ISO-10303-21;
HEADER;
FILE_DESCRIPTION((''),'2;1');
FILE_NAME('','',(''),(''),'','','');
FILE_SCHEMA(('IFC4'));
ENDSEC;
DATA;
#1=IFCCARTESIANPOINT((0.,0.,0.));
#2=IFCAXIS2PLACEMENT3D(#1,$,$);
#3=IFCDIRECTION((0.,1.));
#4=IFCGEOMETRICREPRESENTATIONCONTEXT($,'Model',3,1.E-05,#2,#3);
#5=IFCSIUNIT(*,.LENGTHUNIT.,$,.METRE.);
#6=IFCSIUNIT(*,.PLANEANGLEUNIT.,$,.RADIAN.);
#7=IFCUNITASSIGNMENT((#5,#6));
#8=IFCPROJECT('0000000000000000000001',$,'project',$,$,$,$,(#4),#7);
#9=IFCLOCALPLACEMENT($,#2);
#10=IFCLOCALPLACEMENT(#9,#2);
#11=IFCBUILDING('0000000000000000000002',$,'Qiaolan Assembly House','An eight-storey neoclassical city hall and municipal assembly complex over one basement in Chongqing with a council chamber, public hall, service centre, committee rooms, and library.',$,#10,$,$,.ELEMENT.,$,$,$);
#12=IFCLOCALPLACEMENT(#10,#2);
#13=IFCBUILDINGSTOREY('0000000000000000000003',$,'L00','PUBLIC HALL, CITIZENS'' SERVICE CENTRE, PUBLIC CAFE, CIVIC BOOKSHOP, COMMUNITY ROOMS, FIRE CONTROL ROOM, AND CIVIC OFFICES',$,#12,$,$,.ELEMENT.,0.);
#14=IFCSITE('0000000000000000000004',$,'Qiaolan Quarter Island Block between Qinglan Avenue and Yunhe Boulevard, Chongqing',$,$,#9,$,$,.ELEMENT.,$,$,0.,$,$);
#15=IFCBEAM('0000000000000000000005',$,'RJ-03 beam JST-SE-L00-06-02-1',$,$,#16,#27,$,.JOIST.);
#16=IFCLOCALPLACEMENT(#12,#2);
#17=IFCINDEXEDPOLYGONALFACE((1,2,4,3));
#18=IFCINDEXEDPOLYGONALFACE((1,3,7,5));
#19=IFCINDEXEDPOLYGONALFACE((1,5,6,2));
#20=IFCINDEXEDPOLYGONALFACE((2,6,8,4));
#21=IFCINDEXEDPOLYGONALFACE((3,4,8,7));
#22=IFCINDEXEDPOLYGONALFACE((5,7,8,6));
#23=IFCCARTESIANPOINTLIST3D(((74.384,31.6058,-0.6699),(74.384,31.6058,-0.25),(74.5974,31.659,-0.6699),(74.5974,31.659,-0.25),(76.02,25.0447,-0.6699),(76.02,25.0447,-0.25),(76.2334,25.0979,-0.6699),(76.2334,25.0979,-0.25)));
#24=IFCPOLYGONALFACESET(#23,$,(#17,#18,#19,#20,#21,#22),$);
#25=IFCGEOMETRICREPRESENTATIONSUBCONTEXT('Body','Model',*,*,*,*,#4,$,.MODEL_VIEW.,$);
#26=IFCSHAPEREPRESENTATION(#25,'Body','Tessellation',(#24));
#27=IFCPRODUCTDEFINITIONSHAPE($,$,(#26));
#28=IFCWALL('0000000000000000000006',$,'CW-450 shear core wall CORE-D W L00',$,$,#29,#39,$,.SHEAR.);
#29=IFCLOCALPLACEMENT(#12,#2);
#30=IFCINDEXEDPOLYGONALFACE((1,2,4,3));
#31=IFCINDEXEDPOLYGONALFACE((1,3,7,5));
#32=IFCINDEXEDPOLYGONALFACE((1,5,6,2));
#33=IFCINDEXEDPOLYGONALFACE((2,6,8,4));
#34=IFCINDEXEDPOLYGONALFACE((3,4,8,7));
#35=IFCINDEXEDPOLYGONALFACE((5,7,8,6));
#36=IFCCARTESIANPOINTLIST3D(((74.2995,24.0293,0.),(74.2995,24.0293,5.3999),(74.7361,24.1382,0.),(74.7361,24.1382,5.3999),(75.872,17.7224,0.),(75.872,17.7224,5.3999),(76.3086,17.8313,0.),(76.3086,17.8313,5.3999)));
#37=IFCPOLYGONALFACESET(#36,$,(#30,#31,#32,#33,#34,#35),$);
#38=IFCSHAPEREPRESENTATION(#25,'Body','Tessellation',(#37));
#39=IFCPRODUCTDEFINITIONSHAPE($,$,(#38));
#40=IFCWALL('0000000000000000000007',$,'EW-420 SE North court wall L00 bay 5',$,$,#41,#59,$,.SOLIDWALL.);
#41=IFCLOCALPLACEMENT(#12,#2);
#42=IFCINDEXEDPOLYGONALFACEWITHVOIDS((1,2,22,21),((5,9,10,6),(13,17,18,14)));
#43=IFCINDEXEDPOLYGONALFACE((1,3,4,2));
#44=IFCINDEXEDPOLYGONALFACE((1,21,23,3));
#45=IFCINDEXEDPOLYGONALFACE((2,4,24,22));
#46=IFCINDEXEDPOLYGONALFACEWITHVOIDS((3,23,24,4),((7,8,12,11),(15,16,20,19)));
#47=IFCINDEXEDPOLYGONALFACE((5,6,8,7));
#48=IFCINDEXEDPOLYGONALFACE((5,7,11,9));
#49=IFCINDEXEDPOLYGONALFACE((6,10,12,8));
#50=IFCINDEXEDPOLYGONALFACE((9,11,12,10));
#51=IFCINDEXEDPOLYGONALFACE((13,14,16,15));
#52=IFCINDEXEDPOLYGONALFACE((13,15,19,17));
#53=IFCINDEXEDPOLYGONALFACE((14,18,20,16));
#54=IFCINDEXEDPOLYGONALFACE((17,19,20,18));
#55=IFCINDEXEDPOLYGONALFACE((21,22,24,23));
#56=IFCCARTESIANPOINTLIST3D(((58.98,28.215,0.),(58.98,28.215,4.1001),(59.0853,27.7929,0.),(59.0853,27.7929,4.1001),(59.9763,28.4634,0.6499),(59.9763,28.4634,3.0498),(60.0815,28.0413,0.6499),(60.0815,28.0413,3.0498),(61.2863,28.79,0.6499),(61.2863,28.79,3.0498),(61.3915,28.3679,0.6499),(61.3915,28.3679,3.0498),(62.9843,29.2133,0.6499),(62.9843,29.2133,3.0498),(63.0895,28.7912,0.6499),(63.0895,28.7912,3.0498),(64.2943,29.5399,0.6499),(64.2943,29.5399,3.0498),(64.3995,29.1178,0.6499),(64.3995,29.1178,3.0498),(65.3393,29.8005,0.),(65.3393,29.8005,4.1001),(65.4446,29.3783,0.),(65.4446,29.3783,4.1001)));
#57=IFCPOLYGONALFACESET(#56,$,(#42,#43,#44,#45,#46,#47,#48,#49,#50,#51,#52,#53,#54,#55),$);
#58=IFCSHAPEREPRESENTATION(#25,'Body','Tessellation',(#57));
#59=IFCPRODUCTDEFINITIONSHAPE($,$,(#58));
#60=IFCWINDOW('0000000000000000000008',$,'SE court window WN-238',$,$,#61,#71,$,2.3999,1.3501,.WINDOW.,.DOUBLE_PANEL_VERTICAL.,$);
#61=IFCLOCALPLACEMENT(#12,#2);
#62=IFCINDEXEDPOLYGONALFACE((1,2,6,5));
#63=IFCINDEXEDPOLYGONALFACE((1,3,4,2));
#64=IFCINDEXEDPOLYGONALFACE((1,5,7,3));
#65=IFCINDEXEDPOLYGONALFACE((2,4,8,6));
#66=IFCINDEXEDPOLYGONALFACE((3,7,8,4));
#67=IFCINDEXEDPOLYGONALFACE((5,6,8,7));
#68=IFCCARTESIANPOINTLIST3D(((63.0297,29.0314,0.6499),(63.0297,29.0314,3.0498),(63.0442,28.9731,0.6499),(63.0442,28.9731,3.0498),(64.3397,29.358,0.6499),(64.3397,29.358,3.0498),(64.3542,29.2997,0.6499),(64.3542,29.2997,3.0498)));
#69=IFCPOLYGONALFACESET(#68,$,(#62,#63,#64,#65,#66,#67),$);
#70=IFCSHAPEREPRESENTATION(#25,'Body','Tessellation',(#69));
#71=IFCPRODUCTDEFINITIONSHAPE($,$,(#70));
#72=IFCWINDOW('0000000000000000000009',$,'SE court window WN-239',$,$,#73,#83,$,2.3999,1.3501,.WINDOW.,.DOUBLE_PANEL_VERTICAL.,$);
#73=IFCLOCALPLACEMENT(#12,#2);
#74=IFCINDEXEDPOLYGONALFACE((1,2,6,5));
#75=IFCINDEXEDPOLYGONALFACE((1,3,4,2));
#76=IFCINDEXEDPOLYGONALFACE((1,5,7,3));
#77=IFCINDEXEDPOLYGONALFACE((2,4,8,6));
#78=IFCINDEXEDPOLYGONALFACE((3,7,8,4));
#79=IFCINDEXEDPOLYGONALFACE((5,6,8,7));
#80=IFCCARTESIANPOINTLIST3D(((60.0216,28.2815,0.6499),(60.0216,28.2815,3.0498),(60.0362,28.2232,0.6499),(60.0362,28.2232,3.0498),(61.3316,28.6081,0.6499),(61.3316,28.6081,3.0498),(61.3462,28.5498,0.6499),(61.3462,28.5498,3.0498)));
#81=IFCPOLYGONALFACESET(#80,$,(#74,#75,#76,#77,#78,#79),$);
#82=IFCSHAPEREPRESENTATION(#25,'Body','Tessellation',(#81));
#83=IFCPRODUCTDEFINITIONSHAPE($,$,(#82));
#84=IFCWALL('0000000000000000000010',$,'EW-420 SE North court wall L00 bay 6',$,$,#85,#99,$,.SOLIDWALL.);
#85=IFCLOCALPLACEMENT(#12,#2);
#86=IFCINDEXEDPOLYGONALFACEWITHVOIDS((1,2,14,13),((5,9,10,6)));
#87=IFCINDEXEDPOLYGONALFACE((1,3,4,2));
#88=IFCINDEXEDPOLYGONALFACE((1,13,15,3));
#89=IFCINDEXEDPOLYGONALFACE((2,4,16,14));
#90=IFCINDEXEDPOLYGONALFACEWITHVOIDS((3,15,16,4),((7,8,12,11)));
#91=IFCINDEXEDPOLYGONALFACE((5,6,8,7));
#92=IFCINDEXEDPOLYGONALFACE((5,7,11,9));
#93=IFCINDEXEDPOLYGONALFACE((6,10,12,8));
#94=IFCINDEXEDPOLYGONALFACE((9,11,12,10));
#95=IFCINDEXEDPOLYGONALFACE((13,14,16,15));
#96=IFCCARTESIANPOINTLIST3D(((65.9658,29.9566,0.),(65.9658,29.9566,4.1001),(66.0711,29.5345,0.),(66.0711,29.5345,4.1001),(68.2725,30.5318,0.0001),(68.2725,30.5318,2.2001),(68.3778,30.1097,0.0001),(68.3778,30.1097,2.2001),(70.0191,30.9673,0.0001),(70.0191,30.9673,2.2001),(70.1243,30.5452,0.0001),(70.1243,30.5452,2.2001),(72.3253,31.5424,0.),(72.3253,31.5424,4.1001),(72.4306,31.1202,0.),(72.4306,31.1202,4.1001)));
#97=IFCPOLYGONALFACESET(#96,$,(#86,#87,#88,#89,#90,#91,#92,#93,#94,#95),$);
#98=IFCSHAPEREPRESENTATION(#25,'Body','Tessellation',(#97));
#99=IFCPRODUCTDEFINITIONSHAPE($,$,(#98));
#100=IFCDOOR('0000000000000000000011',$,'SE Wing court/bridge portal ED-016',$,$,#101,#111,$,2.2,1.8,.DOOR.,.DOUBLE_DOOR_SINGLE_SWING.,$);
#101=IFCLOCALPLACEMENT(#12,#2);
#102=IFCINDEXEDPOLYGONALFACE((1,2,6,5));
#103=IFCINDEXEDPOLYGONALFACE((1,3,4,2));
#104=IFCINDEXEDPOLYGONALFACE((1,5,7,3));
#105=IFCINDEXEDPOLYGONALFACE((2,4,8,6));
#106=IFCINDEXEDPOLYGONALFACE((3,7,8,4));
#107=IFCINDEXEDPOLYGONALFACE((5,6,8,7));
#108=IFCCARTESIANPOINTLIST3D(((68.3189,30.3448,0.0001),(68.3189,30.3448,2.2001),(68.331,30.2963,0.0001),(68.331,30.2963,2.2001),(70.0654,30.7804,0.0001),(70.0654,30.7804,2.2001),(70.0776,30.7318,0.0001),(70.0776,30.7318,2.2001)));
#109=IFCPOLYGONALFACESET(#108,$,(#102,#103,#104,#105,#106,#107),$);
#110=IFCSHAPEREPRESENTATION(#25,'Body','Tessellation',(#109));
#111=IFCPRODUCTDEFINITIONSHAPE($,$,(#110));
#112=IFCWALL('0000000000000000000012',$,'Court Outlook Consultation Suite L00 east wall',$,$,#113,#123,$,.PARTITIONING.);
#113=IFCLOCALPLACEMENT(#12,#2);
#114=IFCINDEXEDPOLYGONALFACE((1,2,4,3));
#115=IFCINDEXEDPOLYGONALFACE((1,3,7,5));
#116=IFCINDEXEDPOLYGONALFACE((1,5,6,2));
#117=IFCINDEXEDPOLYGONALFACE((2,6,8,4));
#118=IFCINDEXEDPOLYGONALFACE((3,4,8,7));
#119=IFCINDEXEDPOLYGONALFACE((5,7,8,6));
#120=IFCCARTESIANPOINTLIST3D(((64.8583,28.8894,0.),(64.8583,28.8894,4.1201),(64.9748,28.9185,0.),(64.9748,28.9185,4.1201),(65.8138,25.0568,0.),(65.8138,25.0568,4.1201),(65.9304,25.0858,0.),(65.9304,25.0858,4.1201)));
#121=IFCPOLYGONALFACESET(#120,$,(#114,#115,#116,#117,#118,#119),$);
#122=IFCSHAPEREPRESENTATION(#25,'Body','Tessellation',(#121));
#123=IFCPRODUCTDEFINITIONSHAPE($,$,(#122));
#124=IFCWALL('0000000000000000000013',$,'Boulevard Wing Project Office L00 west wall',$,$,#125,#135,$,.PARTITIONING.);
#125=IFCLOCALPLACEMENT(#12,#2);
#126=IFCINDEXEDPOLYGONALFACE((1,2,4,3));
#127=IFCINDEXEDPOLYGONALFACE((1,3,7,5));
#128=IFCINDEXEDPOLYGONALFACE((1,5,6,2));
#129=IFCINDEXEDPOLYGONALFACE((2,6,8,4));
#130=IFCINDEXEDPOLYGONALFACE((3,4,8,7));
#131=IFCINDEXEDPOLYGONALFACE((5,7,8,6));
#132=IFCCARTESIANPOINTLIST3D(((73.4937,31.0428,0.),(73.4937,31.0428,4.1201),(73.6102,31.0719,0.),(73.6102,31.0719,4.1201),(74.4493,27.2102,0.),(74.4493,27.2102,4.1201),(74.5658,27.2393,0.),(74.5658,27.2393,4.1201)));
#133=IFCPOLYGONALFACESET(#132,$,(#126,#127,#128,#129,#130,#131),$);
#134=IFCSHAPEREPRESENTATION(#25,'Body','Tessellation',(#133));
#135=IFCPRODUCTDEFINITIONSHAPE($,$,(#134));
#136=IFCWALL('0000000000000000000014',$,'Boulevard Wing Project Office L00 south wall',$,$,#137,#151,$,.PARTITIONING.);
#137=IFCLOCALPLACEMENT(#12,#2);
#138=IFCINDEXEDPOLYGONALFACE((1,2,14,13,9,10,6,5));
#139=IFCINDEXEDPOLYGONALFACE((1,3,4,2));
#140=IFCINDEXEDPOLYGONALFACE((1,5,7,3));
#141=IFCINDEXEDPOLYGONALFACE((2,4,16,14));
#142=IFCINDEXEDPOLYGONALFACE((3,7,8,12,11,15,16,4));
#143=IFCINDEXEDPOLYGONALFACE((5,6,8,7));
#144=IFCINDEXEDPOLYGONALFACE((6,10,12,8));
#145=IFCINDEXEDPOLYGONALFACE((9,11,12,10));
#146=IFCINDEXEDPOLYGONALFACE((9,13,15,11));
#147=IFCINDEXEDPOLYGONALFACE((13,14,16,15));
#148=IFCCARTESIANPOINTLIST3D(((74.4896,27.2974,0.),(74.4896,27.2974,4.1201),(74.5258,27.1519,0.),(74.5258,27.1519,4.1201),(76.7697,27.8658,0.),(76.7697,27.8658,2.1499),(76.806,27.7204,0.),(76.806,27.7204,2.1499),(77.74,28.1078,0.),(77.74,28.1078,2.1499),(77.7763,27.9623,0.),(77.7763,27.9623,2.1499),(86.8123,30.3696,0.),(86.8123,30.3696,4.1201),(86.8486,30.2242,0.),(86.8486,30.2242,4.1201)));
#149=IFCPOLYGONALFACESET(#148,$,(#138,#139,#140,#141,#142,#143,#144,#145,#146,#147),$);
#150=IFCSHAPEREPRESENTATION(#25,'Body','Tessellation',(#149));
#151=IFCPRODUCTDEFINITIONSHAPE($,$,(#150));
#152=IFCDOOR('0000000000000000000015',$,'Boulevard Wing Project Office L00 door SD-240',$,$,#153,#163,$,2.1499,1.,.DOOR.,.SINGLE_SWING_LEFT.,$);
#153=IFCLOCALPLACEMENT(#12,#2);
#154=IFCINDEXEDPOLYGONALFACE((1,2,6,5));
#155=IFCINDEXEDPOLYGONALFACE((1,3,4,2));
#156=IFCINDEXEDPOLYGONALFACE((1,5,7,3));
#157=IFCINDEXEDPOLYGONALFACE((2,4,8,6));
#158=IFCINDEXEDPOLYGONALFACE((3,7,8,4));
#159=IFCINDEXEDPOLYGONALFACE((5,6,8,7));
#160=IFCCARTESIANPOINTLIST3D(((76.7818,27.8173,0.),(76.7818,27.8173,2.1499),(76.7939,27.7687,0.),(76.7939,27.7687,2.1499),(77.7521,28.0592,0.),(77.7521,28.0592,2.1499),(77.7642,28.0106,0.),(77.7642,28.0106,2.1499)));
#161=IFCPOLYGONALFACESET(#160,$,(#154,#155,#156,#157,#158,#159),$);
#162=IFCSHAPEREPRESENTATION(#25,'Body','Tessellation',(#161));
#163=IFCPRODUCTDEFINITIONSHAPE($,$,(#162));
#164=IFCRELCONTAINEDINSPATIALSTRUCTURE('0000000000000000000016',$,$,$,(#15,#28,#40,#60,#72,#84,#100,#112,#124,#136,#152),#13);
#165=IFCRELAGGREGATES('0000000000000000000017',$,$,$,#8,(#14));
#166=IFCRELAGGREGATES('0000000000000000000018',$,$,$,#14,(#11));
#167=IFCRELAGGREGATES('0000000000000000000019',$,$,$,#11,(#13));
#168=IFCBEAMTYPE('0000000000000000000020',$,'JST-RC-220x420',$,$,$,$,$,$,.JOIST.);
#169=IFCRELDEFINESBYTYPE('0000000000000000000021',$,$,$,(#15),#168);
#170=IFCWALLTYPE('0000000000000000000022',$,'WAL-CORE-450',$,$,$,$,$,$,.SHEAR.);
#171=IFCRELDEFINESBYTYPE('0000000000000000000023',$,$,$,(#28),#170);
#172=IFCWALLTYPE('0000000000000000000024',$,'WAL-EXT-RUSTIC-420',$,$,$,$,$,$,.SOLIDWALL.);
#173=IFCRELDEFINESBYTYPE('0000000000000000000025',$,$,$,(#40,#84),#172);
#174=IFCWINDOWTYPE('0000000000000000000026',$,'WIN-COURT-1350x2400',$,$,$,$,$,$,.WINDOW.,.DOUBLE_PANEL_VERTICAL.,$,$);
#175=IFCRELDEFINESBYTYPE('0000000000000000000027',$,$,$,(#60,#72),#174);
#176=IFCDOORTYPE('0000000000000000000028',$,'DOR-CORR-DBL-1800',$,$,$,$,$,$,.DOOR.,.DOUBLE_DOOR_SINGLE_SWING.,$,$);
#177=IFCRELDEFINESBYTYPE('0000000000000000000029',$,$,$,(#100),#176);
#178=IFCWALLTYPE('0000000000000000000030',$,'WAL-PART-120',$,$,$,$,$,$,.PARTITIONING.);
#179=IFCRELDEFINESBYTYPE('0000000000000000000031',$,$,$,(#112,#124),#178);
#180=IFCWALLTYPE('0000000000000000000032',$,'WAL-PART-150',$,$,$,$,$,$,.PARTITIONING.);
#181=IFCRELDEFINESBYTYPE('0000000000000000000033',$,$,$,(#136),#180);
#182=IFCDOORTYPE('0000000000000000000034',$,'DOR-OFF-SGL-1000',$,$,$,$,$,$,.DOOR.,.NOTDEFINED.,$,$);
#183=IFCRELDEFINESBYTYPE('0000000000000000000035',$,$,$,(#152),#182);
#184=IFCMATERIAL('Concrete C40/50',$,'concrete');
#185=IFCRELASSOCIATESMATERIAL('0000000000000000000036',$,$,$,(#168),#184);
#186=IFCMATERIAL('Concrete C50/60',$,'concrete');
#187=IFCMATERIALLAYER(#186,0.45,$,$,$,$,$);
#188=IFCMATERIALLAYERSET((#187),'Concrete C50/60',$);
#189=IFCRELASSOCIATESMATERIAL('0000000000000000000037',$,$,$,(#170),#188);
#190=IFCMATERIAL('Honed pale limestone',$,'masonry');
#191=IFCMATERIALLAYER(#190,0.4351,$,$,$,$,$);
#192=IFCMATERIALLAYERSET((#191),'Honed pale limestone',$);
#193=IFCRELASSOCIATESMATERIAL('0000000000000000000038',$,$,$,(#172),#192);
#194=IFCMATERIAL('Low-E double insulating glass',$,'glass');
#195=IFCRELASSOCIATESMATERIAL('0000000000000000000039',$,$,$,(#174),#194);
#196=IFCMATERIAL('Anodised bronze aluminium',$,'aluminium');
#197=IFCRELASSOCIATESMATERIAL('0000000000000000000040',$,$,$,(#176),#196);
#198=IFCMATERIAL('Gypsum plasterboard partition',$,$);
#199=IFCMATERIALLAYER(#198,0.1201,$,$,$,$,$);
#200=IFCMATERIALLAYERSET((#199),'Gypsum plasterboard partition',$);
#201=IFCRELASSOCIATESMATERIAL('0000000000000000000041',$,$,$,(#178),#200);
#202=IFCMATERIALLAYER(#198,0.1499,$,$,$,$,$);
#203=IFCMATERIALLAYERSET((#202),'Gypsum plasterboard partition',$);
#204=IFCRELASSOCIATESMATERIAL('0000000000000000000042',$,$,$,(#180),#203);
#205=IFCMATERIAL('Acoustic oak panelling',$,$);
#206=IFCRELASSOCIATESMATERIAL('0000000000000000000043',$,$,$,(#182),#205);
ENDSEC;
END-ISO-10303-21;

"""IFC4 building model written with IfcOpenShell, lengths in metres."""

from ifc_helpers import new_model, si_unit, direction, frame, frame_2d, origin, origin_2d, place, context, subcontext, project, spatial, rectangle, extrude, material, layer, layer_set, material_profile, profile_set, type_object, element, fill, save


model = new_model("IFC4")

# Units and contexts
model_context = context("Model", 3, precision=1e-05, world=origin(), true_north=direction((0.0, 1.0)))
body_context = subcontext(model_context, "Body", "Model", "MODEL_VIEW")
ifc_project = project(units=[si_unit("LENGTHUNIT", "METRE"), si_unit("PLANEANGLEUNIT", "RADIAN")], contexts=[model_context])

# Site, building, storey
site_placement = place(None, origin())
site = spatial("IfcSite", under=ifc_project, at=site_placement, Name="Qiaolan Quarter Island Block between Qinglan Avenue and Yunhe Boulevard, Chongqing", CompositionType="ELEMENT", RefElevation=0.0)
building_placement = place(site_placement, origin())
building = spatial("IfcBuilding", under=site, at=building_placement, Name="Qiaolan Assembly House", Description="An eight-storey neoclassical city hall and municipal assembly complex over one basement in Chongqing with a council chamber, public hall, service centre, committee rooms, and library.", CompositionType="ELEMENT")
storey_placement = place(building_placement, origin())
storey = spatial("IfcBuildingStorey", under=building, at=storey_placement, Name="L00", Description="PUBLIC HALL, CITIZENS' SERVICE CENTRE, PUBLIC CAFE, CIVIC BOOKSHOP, COMMUNITY ROOMS, FIRE CONTROL ROOM, AND CIVIC OFFICES", CompositionType="ELEMENT", Elevation=0.0)

# Shared definitions
ifc_material_1 = material(Name="Concrete C50/60", Category="concrete")

# Beam
ifc_material_2 = material(Name="Concrete C40/50", Category="concrete")
ifc_material_profile_1 = material_profile(ifc_material_2, rectangle(XDim=0.22, YDim=0.4199, at=origin_2d()), Name="RCB 220x420")
ifc_profile_set_1 = profile_set([ifc_material_profile_1], Name="Concrete C40/50")
beam_type_1 = type_object("IfcBeamType", Name="JST-RC-220x420", PredefinedType="JOIST", material=ifc_profile_set_1)
for number, where, z_axis, x_axis, name in (
    (1, (76.1267, 25.0713, -0.46), (-0.241941, 0.970291, 0.0), (-0.970291, -0.241941, 0.0), "RJ-03 beam JST-SE-L00-06-02-1"),
):
    element("IfcBeam", number, at=place(storey_placement, frame(where, z_axis=z_axis, x_axis=x_axis)), inside=storey, type_object=beam_type_1, Name=name, PredefinedType="JOIST", context=body_context, shape_type="SweptSolid", body=[
        extrude(rectangle(XDim=0.22, YDim=0.4199, at=origin_2d()), origin(), (0.0, 0.0, 1.0), 6.762),
    ])

# Wall
ifc_layer_1 = layer(ifc_material_1, 0.45)
ifc_layer_set_1 = layer_set([ifc_layer_1], Name="Concrete C50/60")
wall_type_1 = type_object("IfcWallType", Name="WAL-CORE-450", PredefinedType="SHEAR", material=ifc_layer_set_1)
wall_1_placement = place(storey_placement, frame((74.5178, 24.0837, 0.0), z_axis=(0.0, 0.0, 1.0), x_axis=(0.241926, -0.970295, 0.0)))
element("IfcWall", 2, at=wall_1_placement, inside=storey, type_object=wall_type_1, Name="CW-450 shear core wall CORE-D W L00", PredefinedType="SHEAR", context=body_context, shape_type="SweptSolid", body=[
    extrude(rectangle(XDim=6.5, YDim=0.45, at=frame_2d((3.25, 0.0))), origin(), (0.0, 0.0, 1.0), 5.3999),
])

# Wall, openings, windows
ifc_material_3 = material(Name="Honed pale limestone", Category="masonry")
ifc_layer_2 = layer(ifc_material_3, 0.4351)
ifc_layer_set_2 = layer_set([ifc_layer_2], Name="Honed pale limestone")
wall_type_2 = type_object("IfcWallType", Name="WAL-EXT-RUSTIC-420", PredefinedType="SOLIDWALL", material=ifc_layer_set_2)
wall_2_placement = place(storey_placement, frame((65.3918, 29.5894, 0.0), z_axis=(0.0, 0.0, 1.0), x_axis=(-0.9703, -0.241905, 0.0)))
wall_2 = element("IfcWall", 3, at=wall_2_placement, inside=storey, type_object=wall_type_2, Name="EW-420 SE North court wall L00 bay 5", PredefinedType="SOLIDWALL", context=body_context, shape_type="SweptSolid", body=[
    extrude(rectangle(XDim=6.554, YDim=0.4351, at=frame_2d((3.2769, 0.0))), origin(), (0.0, 0.0, 1.0), 4.1001),
])
opening_1_placement = place(wall_2_placement, frame((1.0769, 0.0, 0.6499)))
opening_1 = element("IfcOpeningElement", 4, at=opening_1_placement, cuts=wall_2, PredefinedType="OPENING", context=body_context, shape_type="SweptSolid", body=[
    extrude(rectangle(XDim=1.3501, YDim=2.3999, at=frame_2d((0.675, 1.2))), frame((0.0, 0.2275, 0.0), z_axis=(0.0, -1.0, 0.0), x_axis=(1.0, 0.0, 0.0)), (0.0, 0.0, 1.0), 0.4551),
])
opening_2_placement = place(wall_2_placement, frame((4.177, 0.0, 0.6499)))
opening_2 = element("IfcOpeningElement", 5, at=opening_2_placement, cuts=wall_2, PredefinedType="OPENING", context=body_context, shape_type="SweptSolid", body=[
    extrude(rectangle(XDim=1.3501, YDim=2.3999, at=frame_2d((0.675, 1.2))), frame((0.0, 0.2275, 0.0), z_axis=(0.0, -1.0, 0.0), x_axis=(1.0, 0.0, 0.0)), (0.0, 0.0, 1.0), 0.4551),
])
ifc_material_4 = material(Name="Low-E double insulating glass", Category="glass")
window_type = type_object("IfcWindowType", Name="WIN-COURT-1350x2400", PartitioningType="DOUBLE_PANEL_VERTICAL", PredefinedType="WINDOW", material=ifc_material_4)
window_1_placement = place(opening_1_placement, origin())
window_1 = element("IfcWindow", 6, at=window_1_placement, inside=storey, type_object=window_type, Name="SE court window WN-238", OverallHeight=2.3999, OverallWidth=1.3501, PartitioningType="DOUBLE_PANEL_VERTICAL", PredefinedType="WINDOW", context=body_context, shape_type="SweptSolid", body=[
    extrude(rectangle(XDim=1.3501, YDim=2.3999, at=frame_2d((0.675, 1.2))), frame((0.0, 0.03, 0.0), z_axis=(0.0, -1.0, 0.0), x_axis=(1.0, 0.0, 0.0)), (0.0, 0.0, 1.0), 0.0601),
])
fill(opening_1, window_1)
window_2_placement = place(opening_2_placement, origin())
window_2 = element("IfcWindow", 7, at=window_2_placement, inside=storey, type_object=window_type, Name="SE court window WN-239", OverallHeight=2.3999, OverallWidth=1.3501, PartitioningType="DOUBLE_PANEL_VERTICAL", PredefinedType="WINDOW", context=body_context, shape_type="SweptSolid", body=[
    extrude(rectangle(XDim=1.3501, YDim=2.3999, at=frame_2d((0.675, 1.2))), frame((0.0, 0.03, 0.0), z_axis=(0.0, -1.0, 0.0), x_axis=(1.0, 0.0, 0.0)), (0.0, 0.0, 1.0), 0.0601),
])
fill(opening_2, window_2)

# Wall, opening, door
wall_3_placement = place(storey_placement, frame((72.3779, 31.3313, 0.0), z_axis=(0.0, 0.0, 1.0), x_axis=(-0.970291, -0.24194, 0.0)))
wall_3 = element("IfcWall", 8, at=wall_3_placement, inside=storey, type_object=wall_type_2, Name="EW-420 SE North court wall L00 bay 6", PredefinedType="SOLIDWALL", context=body_context, shape_type="SweptSolid", body=[
    extrude(rectangle(XDim=6.5542, YDim=0.4351, at=frame_2d((3.2771, 0.0))), origin(), (0.0, 0.0, 1.0), 4.1001),
])
opening_3_placement = place(wall_3_placement, frame((2.377, 0.0, 0.0)))
opening_3 = element("IfcOpeningElement", 9, at=opening_3_placement, cuts=wall_3, PredefinedType="OPENING", context=body_context, shape_type="SweptSolid", body=[
    extrude(rectangle(XDim=1.8, YDim=2.2, at=frame_2d((0.8999, 1.1001))), frame((0.0, 0.2275, 0.0), z_axis=(0.0, -1.0, 0.0), x_axis=(1.0, 0.0, 0.0)), (0.0, 0.0, 1.0), 0.4551),
])
ifc_material_5 = material(Name="Anodised bronze aluminium", Category="aluminium")
door_type_1 = type_object("IfcDoorType", Name="DOR-CORR-DBL-1800", OperationType="DOUBLE_DOOR_SINGLE_SWING", PredefinedType="DOOR", material=ifc_material_5)
door_1_placement = place(opening_3_placement, frame((1.8, 0.0, 0.0), z_axis=(0.0, 0.0, 1.0), x_axis=(-1.0, 0.0, 0.0)))
door_1 = element("IfcDoor", 10, at=door_1_placement, inside=storey, type_object=door_type_1, Name="SE Wing court/bridge portal ED-016", OperationType="DOUBLE_DOOR_SINGLE_SWING", OverallHeight=2.2, OverallWidth=1.8, PredefinedType="DOOR", context=body_context, shape_type="SweptSolid", body=[
    extrude(rectangle(XDim=1.8, YDim=2.2, at=frame_2d((0.8999, 1.1001))), frame((0.0, 0.0249, 0.0), z_axis=(0.0, -1.0, 0.0), x_axis=(1.0, 0.0, 0.0)), (0.0, 0.0, 1.0), 0.05),
])
fill(opening_3, door_1)

# Walls
ifc_material_6 = material(Name="Gypsum plasterboard partition")
ifc_layer_3 = layer(ifc_material_6, 0.1201)
ifc_layer_set_3 = layer_set([ifc_layer_3], Name="Gypsum plasterboard partition")
wall_type_3 = type_object("IfcWallType", Name="WAL-PART-120", PredefinedType="PARTITIONING", material=ifc_layer_set_3)
for number, where, z_axis, x_axis, name in (
    (11, (64.9165, 28.9041, 0.0), (0.0, 0.0, 1.0), (0.241925, -0.970295, 0.0), "Court Outlook Consultation Suite L00 east wall"),
    (12, (74.5076, 27.2246, 0.0), (0.0, 0.0, 1.0), (-0.241925, 0.970295, 0.0), "Boulevard Wing Project Office L00 west wall"),
):
    element("IfcWall", number, at=place(storey_placement, frame(where, z_axis=z_axis, x_axis=x_axis)), inside=storey, type_object=wall_type_3, Name=name, PredefinedType="PARTITIONING", context=body_context, shape_type="SweptSolid", body=[
        extrude(rectangle(XDim=3.95, YDim=0.1201, at=frame_2d((1.9751, 0.0))), origin(), (0.0, 0.0, 1.0), 4.1201),
    ])

# Wall, opening, door
ifc_layer_4 = layer(ifc_material_6, 0.1499)
ifc_layer_set_4 = layer_set([ifc_layer_4], Name="Gypsum plasterboard partition")
wall_type_4 = type_object("IfcWallType", Name="WAL-PART-150", PredefinedType="PARTITIONING", material=ifc_layer_set_4)
wall_4_placement = place(storey_placement, frame((74.5076, 27.2246, 0.0), z_axis=(0.0, 0.0, 1.0), x_axis=(0.970298, 0.241911, 0.0)))
wall_4 = element("IfcWall", 13, at=wall_4_placement, inside=storey, type_object=wall_type_4, Name="Boulevard Wing Project Office L00 south wall", PredefinedType="PARTITIONING", context=body_context, shape_type="SweptSolid", body=[
    extrude(rectangle(XDim=12.7, YDim=0.1499, at=frame_2d((6.3501, 0.0))), origin(), (0.0, 0.0, 1.0), 4.1201),
])
opening_4_placement = place(wall_4_placement, frame((2.3501, 0.0, 0.0)))
opening_4 = element("IfcOpeningElement", 14, at=opening_4_placement, cuts=wall_4, PredefinedType="OPENING", context=body_context, shape_type="SweptSolid", body=[
    extrude(rectangle(XDim=1.0, YDim=2.1499, at=frame_2d((0.5, 1.075))), frame((0.0, 0.085, 0.0), z_axis=(0.0, -1.0, 0.0), x_axis=(1.0, 0.0, 0.0)), (0.0, 0.0, 1.0), 0.1699),
])
ifc_material_7 = material(Name="Acoustic oak panelling")
door_type_2 = type_object("IfcDoorType", Name="DOR-OFF-SGL-1000", OperationType="NOTDEFINED", PredefinedType="DOOR", material=ifc_material_7)
door_2_placement = place(opening_4_placement, origin())
door_2 = element("IfcDoor", 15, at=door_2_placement, inside=storey, type_object=door_type_2, Name="Boulevard Wing Project Office L00 door SD-240", OperationType="SINGLE_SWING_LEFT", OverallHeight=2.1499, OverallWidth=1.0, PredefinedType="DOOR", context=body_context, shape_type="SweptSolid", body=[
    extrude(rectangle(XDim=1.0, YDim=2.1499, at=frame_2d((0.5, 1.075))), frame((0.0, 0.0249, 0.0), z_axis=(0.0, -1.0, 0.0), x_axis=(1.0, 0.0, 0.0)), (0.0, 0.0, 1.0), 0.05),
])
fill(opening_4, door_2)

save(model, "model.ifc")
